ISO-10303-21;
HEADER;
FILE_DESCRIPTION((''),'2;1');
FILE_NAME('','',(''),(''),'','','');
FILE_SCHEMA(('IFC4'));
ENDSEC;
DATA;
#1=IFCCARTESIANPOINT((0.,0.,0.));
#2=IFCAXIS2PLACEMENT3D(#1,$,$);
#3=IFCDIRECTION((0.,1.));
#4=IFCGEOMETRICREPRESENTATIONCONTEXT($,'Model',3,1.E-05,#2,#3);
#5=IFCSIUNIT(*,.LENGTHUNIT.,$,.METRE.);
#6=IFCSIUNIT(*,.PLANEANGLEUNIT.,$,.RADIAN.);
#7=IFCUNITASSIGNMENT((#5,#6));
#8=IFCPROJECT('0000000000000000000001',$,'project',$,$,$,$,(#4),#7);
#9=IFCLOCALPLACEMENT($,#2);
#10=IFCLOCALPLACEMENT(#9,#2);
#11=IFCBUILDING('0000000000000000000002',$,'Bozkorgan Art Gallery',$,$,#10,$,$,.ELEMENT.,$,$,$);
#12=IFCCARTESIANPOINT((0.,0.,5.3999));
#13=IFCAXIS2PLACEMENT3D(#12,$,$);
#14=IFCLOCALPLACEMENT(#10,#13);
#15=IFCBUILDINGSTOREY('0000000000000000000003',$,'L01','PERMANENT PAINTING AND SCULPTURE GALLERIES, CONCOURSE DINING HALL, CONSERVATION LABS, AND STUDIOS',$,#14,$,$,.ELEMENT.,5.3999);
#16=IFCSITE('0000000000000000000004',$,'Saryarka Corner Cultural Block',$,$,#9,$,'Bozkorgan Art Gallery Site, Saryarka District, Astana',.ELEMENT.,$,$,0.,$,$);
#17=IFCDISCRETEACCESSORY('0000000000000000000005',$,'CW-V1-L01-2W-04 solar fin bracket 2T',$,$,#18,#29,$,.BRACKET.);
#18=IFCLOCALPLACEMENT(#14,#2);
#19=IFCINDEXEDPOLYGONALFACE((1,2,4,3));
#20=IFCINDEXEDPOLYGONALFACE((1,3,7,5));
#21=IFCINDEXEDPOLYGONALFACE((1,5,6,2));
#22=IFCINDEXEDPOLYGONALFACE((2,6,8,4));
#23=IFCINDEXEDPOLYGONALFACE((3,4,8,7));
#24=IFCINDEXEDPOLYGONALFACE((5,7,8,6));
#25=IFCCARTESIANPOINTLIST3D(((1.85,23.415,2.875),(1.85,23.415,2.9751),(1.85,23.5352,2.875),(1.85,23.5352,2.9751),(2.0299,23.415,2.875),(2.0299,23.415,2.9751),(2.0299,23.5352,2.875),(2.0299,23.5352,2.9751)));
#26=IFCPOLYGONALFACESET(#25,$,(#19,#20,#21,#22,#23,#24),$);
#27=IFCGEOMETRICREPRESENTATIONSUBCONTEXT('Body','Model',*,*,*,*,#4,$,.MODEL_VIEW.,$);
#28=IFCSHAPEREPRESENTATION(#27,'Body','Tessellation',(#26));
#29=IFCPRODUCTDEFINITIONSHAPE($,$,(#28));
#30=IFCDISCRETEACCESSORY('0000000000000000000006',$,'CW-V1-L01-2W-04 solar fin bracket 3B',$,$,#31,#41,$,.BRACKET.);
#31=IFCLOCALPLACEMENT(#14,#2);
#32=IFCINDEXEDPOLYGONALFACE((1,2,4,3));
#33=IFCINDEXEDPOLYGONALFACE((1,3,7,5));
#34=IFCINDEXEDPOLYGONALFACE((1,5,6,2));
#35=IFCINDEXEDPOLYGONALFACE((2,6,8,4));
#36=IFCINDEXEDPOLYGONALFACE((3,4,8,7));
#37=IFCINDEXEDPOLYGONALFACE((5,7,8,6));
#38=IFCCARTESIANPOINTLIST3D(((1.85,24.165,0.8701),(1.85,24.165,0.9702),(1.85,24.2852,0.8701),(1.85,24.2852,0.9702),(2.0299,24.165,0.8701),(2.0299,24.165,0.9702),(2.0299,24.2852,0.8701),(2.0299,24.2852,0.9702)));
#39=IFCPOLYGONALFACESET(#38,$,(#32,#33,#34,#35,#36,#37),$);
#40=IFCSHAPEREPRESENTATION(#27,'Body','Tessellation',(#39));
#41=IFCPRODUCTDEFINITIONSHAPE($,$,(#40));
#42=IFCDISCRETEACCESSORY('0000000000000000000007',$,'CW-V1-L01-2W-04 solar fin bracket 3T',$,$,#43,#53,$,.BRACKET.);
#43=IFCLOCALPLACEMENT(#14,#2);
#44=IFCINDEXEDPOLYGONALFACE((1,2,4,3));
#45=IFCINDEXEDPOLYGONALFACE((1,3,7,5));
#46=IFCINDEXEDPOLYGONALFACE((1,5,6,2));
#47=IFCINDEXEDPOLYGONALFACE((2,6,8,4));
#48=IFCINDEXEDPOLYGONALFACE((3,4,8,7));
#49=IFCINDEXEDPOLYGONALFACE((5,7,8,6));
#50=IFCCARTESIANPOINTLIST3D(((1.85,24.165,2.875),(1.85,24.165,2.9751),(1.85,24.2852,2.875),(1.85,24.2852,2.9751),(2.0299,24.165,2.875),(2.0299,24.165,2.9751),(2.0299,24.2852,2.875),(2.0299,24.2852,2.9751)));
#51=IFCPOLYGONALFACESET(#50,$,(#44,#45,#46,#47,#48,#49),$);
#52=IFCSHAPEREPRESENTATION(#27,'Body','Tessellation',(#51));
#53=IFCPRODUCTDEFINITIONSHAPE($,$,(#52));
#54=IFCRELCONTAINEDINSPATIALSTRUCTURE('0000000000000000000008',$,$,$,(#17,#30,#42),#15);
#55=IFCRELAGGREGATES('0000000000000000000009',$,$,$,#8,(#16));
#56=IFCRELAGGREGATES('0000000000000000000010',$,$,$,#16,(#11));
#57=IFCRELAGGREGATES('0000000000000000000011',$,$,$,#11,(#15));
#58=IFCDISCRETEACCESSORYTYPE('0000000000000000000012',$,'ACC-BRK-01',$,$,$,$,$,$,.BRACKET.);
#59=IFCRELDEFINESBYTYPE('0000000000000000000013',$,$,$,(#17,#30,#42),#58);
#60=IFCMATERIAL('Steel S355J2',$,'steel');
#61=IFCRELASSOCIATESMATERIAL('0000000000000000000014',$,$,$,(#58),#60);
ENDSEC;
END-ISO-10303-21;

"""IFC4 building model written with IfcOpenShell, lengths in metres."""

from ifc_helpers import new_model, si_unit, direction, frame, origin, origin_2d, place, context, subcontext, project, spatial, rectangle, extrude, material, type_object, element, save


model = new_model("IFC4")

# Units and contexts
model_context = context("Model", 3, precision=1e-05, world=origin(), true_north=direction((0.0, 1.0)))
body_context = subcontext(model_context, "Body", "Model", "MODEL_VIEW")
ifc_project = project(units=[si_unit("LENGTHUNIT", "METRE"), si_unit("PLANEANGLEUNIT", "RADIAN")], contexts=[model_context])

# Site, building, storey
site_placement = place(None, origin())
site = spatial("IfcSite", under=ifc_project, at=site_placement, Name="Saryarka Corner Cultural Block", LongName="Bozkorgan Art Gallery Site, Saryarka District, Astana", CompositionType="ELEMENT", RefElevation=0.0)
building_placement = place(site_placement, origin())
building = spatial("IfcBuilding", under=site, at=building_placement, Name="Bozkorgan Art Gallery", CompositionType="ELEMENT")
storey_placement = place(building_placement, frame((0.0, 0.0, 5.3999)))
storey = spatial("IfcBuildingStorey", under=building, at=storey_placement, Name="L01", Description="PERMANENT PAINTING AND SCULPTURE GALLERIES, CONCOURSE DINING HALL, CONSERVATION LABS, AND STUDIOS", CompositionType="ELEMENT", Elevation=5.3999)

# Discrete accessories
ifc_material_1 = material(Name="Steel S355J2", Category="steel")
discrete_accessory_type = type_object("IfcDiscreteAccessoryType", Name="ACC-BRK-01", PredefinedType="BRACKET", material=ifc_material_1)
for number, where, z_axis, x_axis, name in (
    (1, (1.9399, 23.4751, 2.875), (0.0, 0.0, 1.0), (-1.0, 0.0, 0.0), "CW-V1-L01-2W-04 solar fin bracket 2T"),
    (2, (1.9399, 24.2251, 0.8701), (0.0, 0.0, 1.0), (-1.0, 0.0, 0.0), "CW-V1-L01-2W-04 solar fin bracket 3B"),
    (3, (1.9399, 24.2251, 2.875), (0.0, 0.0, 1.0), (-1.0, 0.0, 0.0), "CW-V1-L01-2W-04 solar fin bracket 3T"),
):
    element("IfcDiscreteAccessory", number, at=place(storey_placement, frame(where, z_axis=z_axis, x_axis=x_axis)), inside=storey, type_object=discrete_accessory_type, Name=name, PredefinedType="BRACKET", context=body_context, shape_type="SweptSolid", body=[
        extrude(rectangle(XDim=0.1799, YDim=0.1201, at=origin_2d()), origin(), (0.0, 0.0, 1.0), 0.1001),
    ])

save(model, "model.ifc")
